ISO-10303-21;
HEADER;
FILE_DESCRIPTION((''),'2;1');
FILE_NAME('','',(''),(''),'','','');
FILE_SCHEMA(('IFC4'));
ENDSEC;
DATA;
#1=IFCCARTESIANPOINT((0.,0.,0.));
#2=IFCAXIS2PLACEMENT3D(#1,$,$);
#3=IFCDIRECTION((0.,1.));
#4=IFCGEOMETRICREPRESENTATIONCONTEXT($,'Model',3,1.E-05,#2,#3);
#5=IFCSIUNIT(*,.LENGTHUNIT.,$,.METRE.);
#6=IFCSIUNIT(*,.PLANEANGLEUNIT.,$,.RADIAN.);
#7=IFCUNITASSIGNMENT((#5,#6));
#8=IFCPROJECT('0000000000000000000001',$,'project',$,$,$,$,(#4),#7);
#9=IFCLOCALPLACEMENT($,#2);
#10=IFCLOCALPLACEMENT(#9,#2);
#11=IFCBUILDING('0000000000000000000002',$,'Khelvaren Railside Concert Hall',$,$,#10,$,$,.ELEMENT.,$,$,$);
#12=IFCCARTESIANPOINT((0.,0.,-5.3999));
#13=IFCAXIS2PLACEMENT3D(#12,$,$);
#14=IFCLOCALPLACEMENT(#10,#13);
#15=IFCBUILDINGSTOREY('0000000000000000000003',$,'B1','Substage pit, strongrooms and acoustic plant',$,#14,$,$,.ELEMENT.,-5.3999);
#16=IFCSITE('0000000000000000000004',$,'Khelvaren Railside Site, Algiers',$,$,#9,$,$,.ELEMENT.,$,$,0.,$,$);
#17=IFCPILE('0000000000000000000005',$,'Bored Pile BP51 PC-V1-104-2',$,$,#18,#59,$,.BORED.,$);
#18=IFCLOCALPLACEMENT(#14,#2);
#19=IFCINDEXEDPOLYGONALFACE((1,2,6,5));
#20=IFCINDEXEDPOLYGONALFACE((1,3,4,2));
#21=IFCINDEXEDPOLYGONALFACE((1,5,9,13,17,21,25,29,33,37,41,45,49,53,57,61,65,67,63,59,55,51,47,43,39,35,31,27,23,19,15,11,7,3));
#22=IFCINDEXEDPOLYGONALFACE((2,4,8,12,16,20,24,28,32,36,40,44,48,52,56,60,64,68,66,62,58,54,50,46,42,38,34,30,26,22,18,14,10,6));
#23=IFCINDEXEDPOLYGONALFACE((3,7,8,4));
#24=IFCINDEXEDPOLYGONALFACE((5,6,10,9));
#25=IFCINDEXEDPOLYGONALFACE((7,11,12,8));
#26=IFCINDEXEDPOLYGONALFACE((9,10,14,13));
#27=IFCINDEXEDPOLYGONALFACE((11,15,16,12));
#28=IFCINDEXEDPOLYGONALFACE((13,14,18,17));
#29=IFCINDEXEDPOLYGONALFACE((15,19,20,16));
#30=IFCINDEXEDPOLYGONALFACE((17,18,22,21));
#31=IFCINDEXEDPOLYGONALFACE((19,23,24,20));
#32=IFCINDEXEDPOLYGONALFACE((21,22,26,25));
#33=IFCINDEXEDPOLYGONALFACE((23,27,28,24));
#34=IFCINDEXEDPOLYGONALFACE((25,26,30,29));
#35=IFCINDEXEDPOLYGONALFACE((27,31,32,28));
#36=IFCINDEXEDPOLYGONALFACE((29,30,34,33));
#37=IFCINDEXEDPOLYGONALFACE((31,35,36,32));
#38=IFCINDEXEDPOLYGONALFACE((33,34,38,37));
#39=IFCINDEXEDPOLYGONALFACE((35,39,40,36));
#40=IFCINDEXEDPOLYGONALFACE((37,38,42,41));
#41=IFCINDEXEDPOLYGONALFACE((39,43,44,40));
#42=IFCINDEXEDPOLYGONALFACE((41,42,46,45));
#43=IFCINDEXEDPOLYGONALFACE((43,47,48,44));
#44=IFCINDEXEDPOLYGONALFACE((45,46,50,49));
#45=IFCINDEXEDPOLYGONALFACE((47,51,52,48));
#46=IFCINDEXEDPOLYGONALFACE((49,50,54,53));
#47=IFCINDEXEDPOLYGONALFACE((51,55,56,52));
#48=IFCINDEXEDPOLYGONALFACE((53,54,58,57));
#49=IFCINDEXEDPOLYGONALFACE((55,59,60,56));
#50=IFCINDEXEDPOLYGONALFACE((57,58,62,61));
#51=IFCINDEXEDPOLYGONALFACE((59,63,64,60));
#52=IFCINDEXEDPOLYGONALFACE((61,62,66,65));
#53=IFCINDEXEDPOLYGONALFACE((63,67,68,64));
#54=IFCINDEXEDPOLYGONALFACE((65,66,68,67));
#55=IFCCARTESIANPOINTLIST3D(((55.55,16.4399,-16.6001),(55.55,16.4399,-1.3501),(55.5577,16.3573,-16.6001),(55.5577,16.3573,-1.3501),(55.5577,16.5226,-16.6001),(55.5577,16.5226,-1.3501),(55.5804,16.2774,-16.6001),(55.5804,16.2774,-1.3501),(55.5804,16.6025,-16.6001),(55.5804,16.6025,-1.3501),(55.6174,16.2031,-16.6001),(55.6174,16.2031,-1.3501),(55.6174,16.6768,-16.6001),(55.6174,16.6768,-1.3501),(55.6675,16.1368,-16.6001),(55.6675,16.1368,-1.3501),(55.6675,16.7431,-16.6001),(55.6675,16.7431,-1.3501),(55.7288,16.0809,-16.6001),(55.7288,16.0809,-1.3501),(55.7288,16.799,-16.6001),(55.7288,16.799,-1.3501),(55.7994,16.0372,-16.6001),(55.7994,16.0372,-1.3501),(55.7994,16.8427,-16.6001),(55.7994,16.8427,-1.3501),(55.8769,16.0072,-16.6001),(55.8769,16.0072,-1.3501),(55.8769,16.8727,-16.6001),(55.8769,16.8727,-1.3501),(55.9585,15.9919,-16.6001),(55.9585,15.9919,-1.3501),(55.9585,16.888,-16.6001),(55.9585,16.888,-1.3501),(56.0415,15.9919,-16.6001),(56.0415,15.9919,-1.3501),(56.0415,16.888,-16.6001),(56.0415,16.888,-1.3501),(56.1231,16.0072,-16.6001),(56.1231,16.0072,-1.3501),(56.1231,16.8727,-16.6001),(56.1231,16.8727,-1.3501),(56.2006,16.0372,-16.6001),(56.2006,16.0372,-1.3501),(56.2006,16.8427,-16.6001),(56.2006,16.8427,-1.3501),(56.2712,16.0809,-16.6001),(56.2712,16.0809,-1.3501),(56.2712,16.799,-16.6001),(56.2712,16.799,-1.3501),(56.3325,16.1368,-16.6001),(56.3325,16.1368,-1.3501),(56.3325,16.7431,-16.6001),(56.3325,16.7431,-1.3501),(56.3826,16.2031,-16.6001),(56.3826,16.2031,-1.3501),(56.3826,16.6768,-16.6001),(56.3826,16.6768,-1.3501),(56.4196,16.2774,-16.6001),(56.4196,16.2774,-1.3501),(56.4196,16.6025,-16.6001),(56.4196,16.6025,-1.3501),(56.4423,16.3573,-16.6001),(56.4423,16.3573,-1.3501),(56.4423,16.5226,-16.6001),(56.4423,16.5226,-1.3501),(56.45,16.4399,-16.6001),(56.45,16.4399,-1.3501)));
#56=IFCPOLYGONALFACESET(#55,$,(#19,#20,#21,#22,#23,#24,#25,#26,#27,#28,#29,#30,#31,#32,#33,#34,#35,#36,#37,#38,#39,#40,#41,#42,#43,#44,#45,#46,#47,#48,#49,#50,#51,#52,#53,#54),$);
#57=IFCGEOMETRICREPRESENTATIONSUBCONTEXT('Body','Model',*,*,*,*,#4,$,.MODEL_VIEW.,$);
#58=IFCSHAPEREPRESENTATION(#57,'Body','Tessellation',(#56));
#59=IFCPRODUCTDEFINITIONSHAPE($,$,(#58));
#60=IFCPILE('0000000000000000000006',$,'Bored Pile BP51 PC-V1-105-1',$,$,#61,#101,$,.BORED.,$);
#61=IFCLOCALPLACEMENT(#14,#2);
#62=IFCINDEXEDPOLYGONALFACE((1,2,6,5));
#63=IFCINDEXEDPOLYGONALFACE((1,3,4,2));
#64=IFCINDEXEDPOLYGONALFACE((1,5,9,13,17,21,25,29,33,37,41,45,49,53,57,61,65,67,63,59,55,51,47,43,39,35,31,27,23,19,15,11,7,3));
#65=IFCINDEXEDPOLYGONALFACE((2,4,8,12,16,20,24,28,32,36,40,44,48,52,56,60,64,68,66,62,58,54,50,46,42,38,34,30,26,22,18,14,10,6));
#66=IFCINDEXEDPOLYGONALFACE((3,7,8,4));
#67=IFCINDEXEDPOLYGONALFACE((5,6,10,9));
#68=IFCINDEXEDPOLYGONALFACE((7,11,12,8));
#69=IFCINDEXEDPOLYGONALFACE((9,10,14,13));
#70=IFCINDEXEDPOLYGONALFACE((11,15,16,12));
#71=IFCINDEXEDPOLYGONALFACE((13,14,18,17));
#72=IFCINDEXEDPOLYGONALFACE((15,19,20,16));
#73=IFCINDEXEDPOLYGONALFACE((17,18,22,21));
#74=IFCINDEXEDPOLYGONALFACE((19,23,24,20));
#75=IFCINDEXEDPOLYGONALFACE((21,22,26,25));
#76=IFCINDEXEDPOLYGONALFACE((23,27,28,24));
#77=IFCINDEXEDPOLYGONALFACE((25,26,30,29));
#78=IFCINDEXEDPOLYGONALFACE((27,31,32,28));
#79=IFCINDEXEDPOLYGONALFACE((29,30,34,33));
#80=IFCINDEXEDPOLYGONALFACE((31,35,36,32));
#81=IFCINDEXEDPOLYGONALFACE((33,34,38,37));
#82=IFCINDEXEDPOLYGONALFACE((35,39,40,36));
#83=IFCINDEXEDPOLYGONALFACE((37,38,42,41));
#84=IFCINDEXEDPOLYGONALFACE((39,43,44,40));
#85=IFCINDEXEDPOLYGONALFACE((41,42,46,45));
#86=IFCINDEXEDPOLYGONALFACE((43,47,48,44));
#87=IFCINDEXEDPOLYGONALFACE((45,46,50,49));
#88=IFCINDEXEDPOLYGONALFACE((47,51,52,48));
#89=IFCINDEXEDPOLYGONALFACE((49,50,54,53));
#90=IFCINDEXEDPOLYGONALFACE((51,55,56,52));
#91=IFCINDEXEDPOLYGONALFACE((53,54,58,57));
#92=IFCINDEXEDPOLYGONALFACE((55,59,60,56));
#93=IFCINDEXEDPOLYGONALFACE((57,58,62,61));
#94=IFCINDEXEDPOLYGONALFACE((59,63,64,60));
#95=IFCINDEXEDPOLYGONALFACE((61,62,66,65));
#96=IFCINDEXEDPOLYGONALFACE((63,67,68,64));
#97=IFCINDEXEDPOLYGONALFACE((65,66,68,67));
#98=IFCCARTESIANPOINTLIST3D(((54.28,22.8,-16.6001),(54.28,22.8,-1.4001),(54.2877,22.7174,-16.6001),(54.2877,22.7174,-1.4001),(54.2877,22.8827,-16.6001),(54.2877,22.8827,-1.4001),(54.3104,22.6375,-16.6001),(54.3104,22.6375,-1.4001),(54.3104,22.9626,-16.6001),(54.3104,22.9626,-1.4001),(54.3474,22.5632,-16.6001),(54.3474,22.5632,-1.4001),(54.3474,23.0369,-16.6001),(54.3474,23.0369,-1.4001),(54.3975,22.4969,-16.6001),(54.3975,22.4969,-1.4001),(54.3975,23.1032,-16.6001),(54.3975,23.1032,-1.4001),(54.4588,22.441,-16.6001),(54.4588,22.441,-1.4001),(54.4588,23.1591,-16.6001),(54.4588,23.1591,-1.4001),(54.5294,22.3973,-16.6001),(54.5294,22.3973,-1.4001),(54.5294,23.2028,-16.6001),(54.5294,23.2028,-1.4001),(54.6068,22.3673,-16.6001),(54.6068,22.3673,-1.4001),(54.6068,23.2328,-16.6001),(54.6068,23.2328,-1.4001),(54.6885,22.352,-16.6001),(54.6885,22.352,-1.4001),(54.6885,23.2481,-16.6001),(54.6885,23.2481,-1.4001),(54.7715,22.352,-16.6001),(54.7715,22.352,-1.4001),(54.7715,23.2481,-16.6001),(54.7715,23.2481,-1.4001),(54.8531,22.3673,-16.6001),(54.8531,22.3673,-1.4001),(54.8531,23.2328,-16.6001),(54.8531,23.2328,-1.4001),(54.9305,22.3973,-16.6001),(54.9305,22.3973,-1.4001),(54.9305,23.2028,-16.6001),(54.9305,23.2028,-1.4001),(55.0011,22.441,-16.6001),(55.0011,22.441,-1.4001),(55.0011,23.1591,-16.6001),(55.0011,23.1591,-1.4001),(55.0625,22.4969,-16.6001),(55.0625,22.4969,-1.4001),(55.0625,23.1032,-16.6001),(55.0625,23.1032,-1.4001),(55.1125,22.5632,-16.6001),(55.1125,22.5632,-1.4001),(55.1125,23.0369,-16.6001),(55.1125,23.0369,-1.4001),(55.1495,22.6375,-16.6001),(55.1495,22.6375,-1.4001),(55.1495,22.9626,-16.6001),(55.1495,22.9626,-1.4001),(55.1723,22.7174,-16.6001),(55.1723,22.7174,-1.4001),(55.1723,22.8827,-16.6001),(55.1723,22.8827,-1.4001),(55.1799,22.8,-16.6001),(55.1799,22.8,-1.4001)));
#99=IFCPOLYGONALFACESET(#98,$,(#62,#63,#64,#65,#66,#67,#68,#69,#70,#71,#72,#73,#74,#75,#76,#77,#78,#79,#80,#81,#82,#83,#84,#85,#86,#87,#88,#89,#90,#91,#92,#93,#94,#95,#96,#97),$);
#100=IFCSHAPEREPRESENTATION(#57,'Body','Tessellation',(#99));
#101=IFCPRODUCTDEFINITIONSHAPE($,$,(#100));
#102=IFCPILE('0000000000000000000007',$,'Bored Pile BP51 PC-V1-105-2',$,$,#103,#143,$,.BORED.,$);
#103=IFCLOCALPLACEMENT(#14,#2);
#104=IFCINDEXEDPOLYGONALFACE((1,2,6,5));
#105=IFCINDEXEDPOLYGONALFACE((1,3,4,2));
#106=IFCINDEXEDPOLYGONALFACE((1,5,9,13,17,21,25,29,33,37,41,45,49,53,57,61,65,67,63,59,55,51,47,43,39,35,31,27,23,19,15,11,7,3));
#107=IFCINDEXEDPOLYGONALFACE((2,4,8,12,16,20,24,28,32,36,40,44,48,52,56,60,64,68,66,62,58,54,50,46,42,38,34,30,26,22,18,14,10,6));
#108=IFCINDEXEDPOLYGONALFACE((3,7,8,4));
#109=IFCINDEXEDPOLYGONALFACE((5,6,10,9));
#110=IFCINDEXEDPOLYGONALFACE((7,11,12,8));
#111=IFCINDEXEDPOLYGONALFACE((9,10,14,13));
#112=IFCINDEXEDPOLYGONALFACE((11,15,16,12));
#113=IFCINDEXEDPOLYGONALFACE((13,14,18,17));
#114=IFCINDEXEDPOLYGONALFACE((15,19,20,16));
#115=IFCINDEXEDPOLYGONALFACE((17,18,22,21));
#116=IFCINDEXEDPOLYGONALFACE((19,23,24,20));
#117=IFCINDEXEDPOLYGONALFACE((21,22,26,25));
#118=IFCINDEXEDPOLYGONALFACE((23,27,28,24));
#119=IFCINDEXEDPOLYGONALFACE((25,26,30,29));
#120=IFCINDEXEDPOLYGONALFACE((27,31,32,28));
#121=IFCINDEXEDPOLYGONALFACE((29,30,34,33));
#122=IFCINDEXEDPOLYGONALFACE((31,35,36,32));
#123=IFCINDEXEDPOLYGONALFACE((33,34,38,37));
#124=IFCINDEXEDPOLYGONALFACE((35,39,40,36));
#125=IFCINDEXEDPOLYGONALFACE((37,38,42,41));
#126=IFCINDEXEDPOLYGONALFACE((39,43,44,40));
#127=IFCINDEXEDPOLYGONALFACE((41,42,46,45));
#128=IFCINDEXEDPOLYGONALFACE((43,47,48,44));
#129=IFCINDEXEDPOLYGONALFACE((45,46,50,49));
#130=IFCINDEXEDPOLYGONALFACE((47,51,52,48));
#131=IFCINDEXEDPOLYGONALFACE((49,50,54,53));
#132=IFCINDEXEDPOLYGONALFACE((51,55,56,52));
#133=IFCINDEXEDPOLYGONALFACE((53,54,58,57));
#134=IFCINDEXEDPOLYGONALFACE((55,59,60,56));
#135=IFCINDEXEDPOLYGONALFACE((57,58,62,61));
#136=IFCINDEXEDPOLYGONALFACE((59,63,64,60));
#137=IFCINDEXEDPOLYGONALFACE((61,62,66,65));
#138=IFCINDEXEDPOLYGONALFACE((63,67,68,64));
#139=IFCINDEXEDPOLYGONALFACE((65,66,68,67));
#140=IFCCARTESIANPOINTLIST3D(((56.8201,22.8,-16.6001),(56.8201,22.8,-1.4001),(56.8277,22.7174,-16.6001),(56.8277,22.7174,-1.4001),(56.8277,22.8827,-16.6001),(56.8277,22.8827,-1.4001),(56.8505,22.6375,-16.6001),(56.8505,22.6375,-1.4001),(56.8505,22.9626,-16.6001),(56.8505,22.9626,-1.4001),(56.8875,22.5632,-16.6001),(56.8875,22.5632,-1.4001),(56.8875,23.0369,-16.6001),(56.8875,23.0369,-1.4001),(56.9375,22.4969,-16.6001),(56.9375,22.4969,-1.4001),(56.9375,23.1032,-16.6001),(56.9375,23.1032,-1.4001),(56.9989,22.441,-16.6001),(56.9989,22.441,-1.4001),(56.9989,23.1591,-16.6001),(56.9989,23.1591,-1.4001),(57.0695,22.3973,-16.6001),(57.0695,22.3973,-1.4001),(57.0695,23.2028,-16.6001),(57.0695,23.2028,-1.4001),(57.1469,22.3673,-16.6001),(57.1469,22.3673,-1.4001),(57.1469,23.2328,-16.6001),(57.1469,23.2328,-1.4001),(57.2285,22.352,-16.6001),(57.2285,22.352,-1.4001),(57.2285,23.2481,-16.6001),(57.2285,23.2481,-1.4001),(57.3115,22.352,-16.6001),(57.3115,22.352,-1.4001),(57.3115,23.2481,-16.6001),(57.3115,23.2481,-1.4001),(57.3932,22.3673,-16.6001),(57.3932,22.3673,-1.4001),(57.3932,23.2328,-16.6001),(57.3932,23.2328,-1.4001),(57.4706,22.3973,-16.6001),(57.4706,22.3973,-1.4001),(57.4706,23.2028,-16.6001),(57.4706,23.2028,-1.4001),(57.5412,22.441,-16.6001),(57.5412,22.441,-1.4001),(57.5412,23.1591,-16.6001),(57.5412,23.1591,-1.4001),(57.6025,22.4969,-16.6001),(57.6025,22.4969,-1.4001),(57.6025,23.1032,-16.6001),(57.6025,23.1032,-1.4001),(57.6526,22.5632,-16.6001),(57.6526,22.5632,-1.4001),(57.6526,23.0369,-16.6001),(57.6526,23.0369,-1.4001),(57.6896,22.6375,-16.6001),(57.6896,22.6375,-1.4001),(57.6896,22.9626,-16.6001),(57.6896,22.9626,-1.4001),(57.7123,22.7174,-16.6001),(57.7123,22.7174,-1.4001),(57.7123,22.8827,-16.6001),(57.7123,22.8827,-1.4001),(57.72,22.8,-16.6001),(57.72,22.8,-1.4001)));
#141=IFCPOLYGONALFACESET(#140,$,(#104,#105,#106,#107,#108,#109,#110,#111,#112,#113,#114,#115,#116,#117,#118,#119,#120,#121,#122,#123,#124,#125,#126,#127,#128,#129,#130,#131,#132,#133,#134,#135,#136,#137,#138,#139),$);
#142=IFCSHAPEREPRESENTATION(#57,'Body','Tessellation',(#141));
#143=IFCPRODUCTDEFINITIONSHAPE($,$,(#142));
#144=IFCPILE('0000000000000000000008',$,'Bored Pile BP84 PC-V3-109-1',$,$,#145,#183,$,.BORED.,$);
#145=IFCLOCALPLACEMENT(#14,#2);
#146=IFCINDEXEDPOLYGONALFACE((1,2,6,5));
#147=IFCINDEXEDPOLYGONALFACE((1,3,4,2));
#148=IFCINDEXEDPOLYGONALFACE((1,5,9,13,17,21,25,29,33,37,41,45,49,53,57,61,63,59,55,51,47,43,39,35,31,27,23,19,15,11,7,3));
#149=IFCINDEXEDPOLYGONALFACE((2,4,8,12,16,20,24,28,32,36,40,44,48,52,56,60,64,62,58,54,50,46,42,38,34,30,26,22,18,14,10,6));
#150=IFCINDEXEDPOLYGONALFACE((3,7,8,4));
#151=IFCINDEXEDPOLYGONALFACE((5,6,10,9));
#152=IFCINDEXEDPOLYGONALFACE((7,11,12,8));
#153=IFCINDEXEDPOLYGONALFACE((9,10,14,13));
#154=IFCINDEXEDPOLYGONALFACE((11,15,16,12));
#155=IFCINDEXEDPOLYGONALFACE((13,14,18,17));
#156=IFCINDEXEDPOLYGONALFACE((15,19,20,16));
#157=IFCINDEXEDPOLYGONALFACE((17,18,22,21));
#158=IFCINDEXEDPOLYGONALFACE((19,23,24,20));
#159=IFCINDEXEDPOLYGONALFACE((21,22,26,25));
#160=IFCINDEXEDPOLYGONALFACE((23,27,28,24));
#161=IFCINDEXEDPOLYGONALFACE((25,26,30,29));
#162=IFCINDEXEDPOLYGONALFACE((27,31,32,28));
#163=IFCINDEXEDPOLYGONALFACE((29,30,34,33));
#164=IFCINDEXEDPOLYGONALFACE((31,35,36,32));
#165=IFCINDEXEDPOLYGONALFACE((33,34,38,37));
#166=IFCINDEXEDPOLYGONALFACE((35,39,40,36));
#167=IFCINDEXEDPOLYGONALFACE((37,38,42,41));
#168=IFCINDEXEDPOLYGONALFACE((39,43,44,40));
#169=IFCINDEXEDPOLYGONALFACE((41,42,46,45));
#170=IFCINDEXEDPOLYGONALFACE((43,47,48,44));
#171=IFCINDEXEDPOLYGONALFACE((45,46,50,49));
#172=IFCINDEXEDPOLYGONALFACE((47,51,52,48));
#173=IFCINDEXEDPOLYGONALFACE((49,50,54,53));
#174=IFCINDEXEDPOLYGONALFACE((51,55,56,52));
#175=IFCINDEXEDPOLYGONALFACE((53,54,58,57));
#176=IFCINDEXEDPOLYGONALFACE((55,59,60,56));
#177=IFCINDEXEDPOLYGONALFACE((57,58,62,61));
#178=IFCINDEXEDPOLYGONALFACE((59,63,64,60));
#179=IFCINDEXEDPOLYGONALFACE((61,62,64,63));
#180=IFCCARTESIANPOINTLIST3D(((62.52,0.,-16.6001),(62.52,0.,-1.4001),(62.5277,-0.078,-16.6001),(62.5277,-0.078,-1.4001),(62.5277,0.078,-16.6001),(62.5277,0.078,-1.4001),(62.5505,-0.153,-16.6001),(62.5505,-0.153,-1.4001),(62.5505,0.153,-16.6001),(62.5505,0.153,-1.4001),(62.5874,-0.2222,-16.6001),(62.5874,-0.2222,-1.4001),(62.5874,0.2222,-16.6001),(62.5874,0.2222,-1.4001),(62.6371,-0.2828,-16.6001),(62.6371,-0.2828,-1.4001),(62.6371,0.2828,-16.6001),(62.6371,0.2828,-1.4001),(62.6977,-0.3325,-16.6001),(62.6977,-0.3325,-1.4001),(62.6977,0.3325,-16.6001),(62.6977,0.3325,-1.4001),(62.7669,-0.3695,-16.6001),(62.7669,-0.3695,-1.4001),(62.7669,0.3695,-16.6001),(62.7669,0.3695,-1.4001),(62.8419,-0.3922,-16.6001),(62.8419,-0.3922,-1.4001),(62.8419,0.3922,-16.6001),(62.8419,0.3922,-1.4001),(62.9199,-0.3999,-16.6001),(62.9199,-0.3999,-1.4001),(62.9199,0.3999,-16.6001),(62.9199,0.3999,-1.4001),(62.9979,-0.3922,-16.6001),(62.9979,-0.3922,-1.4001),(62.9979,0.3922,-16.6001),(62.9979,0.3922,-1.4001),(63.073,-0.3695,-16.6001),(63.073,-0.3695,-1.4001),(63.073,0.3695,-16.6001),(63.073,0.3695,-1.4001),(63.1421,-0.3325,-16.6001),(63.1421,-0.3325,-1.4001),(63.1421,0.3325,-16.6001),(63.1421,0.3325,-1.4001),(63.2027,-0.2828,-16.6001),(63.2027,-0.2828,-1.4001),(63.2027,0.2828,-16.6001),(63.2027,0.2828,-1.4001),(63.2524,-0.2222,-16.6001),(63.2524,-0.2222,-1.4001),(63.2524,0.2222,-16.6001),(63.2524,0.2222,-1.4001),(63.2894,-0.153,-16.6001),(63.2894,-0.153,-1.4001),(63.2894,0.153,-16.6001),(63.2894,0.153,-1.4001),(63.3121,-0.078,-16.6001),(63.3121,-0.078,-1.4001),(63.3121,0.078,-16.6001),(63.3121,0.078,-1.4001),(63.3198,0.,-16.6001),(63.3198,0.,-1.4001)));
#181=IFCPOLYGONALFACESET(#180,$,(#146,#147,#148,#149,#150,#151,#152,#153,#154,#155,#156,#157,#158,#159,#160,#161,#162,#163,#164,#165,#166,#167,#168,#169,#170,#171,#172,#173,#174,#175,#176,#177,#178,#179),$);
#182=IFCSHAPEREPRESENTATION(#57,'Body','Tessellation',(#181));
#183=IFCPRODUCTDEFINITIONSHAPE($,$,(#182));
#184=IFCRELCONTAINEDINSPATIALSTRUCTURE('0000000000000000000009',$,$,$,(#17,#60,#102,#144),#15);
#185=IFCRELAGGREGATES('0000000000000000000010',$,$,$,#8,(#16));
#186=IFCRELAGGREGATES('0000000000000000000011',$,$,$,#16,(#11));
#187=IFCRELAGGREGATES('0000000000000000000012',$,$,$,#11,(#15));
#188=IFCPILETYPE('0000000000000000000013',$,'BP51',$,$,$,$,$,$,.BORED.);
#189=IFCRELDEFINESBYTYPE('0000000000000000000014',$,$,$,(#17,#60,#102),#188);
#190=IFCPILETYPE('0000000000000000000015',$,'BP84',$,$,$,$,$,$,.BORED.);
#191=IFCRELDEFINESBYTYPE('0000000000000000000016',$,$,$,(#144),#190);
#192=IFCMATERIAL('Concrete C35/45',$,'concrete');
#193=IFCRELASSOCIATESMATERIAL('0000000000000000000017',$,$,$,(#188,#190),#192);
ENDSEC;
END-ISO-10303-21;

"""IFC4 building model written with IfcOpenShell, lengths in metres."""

from ifc_helpers import new_model, si_unit, direction, frame, origin, origin_2d, place, context, subcontext, project, spatial, circle, extrude, material, material_profile, profile_set, type_object, element, save


model = new_model("IFC4")

# Units and contexts
model_context = context("Model", 3, precision=1e-05, world=origin(), true_north=direction((0.0, 1.0)))
body_context = subcontext(model_context, "Body", "Model", "MODEL_VIEW")
ifc_project = project(units=[si_unit("LENGTHUNIT", "METRE"), si_unit("PLANEANGLEUNIT", "RADIAN")], contexts=[model_context])

# Site, building, storey
site_placement = place(None, origin())
site = spatial("IfcSite", under=ifc_project, at=site_placement, Name="Khelvaren Railside Site, Algiers", CompositionType="ELEMENT", RefElevation=0.0)
building_placement = place(site_placement, origin())
building = spatial("IfcBuilding", under=site, at=building_placement, Name="Khelvaren Railside Concert Hall", CompositionType="ELEMENT")
storey_placement = place(building_placement, frame((0.0, 0.0, -5.3999)))
storey = spatial("IfcBuildingStorey", under=building, at=storey_placement, Name="B1", Description="Substage pit, strongrooms and acoustic plant", CompositionType="ELEMENT", Elevation=-5.3999)

# Piles
ifc_material_1 = material(Name="Concrete C35/45", Category="concrete")
ifc_material_profile_1 = material_profile(ifc_material_1, circle(Radius=0.45, at=origin_2d()), Name="BP D900")
ifc_profile_set_1 = profile_set([ifc_material_profile_1], Name="Concrete C35/45")
pile_type_1 = type_object("IfcPileType", Name="BP51", PredefinedType="BORED", material=ifc_profile_set_1)
for number, where, z_axis, x_axis, name in (
    (1, (56.0, 16.4399, -1.3501), (0.0, 0.0, -1.0), (1.0, 0.0, 0.0), "Bored Pile BP51 PC-V1-104-2"),
):
    element("IfcPile", number, at=place(storey_placement, frame(where, z_axis=z_axis, x_axis=x_axis)), inside=storey, type_object=pile_type_1, Name=name, PredefinedType="BORED", context=body_context, shape_type="SweptSolid", body=[
        extrude(circle(Radius=0.45, at=origin_2d()), origin(), (0.0, 0.0, 1.0), 15.25),
    ])
for number, where, z_axis, x_axis, name in (
    (2, (54.73, 22.8, -1.4001), (0.0, 0.0, -1.0), (1.0, 0.0, 0.0), "Bored Pile BP51 PC-V1-105-1"),
    (3, (57.27, 22.8, -1.4001), (0.0, 0.0, -1.0), (1.0, 0.0, 0.0), "Bored Pile BP51 PC-V1-105-2"),
):
    element("IfcPile", number, at=place(storey_placement, frame(where, z_axis=z_axis, x_axis=x_axis)), inside=storey, type_object=pile_type_1, Name=name, PredefinedType="BORED", context=body_context, shape_type="SweptSolid", body=[
        extrude(circle(Radius=0.45, at=origin_2d()), origin(), (0.0, 0.0, 1.0), 15.2),
    ])
ifc_material_profile_2 = material_profile(ifc_material_1, circle(Radius=0.3999, at=origin_2d()), Name="BP D800")
ifc_profile_set_2 = profile_set([ifc_material_profile_2], Name="Concrete C35/45")
pile_type_2 = type_object("IfcPileType", Name="BP84", PredefinedType="BORED", material=ifc_profile_set_2)
pile_1_placement = place(storey_placement, frame((62.9199, 0.0, -1.4001), z_axis=(0.0, 0.0, -1.0), x_axis=(1.0, 0.0, 0.0)))
element("IfcPile", 4, at=pile_1_placement, inside=storey, type_object=pile_type_2, Name="Bored Pile BP84 PC-V3-109-1", PredefinedType="BORED", context=body_context, shape_type="SweptSolid", body=[
    extrude(circle(Radius=0.3999, at=origin_2d()), origin(), (0.0, 0.0, 1.0), 15.2),
])

save(model, "model.ifc")
